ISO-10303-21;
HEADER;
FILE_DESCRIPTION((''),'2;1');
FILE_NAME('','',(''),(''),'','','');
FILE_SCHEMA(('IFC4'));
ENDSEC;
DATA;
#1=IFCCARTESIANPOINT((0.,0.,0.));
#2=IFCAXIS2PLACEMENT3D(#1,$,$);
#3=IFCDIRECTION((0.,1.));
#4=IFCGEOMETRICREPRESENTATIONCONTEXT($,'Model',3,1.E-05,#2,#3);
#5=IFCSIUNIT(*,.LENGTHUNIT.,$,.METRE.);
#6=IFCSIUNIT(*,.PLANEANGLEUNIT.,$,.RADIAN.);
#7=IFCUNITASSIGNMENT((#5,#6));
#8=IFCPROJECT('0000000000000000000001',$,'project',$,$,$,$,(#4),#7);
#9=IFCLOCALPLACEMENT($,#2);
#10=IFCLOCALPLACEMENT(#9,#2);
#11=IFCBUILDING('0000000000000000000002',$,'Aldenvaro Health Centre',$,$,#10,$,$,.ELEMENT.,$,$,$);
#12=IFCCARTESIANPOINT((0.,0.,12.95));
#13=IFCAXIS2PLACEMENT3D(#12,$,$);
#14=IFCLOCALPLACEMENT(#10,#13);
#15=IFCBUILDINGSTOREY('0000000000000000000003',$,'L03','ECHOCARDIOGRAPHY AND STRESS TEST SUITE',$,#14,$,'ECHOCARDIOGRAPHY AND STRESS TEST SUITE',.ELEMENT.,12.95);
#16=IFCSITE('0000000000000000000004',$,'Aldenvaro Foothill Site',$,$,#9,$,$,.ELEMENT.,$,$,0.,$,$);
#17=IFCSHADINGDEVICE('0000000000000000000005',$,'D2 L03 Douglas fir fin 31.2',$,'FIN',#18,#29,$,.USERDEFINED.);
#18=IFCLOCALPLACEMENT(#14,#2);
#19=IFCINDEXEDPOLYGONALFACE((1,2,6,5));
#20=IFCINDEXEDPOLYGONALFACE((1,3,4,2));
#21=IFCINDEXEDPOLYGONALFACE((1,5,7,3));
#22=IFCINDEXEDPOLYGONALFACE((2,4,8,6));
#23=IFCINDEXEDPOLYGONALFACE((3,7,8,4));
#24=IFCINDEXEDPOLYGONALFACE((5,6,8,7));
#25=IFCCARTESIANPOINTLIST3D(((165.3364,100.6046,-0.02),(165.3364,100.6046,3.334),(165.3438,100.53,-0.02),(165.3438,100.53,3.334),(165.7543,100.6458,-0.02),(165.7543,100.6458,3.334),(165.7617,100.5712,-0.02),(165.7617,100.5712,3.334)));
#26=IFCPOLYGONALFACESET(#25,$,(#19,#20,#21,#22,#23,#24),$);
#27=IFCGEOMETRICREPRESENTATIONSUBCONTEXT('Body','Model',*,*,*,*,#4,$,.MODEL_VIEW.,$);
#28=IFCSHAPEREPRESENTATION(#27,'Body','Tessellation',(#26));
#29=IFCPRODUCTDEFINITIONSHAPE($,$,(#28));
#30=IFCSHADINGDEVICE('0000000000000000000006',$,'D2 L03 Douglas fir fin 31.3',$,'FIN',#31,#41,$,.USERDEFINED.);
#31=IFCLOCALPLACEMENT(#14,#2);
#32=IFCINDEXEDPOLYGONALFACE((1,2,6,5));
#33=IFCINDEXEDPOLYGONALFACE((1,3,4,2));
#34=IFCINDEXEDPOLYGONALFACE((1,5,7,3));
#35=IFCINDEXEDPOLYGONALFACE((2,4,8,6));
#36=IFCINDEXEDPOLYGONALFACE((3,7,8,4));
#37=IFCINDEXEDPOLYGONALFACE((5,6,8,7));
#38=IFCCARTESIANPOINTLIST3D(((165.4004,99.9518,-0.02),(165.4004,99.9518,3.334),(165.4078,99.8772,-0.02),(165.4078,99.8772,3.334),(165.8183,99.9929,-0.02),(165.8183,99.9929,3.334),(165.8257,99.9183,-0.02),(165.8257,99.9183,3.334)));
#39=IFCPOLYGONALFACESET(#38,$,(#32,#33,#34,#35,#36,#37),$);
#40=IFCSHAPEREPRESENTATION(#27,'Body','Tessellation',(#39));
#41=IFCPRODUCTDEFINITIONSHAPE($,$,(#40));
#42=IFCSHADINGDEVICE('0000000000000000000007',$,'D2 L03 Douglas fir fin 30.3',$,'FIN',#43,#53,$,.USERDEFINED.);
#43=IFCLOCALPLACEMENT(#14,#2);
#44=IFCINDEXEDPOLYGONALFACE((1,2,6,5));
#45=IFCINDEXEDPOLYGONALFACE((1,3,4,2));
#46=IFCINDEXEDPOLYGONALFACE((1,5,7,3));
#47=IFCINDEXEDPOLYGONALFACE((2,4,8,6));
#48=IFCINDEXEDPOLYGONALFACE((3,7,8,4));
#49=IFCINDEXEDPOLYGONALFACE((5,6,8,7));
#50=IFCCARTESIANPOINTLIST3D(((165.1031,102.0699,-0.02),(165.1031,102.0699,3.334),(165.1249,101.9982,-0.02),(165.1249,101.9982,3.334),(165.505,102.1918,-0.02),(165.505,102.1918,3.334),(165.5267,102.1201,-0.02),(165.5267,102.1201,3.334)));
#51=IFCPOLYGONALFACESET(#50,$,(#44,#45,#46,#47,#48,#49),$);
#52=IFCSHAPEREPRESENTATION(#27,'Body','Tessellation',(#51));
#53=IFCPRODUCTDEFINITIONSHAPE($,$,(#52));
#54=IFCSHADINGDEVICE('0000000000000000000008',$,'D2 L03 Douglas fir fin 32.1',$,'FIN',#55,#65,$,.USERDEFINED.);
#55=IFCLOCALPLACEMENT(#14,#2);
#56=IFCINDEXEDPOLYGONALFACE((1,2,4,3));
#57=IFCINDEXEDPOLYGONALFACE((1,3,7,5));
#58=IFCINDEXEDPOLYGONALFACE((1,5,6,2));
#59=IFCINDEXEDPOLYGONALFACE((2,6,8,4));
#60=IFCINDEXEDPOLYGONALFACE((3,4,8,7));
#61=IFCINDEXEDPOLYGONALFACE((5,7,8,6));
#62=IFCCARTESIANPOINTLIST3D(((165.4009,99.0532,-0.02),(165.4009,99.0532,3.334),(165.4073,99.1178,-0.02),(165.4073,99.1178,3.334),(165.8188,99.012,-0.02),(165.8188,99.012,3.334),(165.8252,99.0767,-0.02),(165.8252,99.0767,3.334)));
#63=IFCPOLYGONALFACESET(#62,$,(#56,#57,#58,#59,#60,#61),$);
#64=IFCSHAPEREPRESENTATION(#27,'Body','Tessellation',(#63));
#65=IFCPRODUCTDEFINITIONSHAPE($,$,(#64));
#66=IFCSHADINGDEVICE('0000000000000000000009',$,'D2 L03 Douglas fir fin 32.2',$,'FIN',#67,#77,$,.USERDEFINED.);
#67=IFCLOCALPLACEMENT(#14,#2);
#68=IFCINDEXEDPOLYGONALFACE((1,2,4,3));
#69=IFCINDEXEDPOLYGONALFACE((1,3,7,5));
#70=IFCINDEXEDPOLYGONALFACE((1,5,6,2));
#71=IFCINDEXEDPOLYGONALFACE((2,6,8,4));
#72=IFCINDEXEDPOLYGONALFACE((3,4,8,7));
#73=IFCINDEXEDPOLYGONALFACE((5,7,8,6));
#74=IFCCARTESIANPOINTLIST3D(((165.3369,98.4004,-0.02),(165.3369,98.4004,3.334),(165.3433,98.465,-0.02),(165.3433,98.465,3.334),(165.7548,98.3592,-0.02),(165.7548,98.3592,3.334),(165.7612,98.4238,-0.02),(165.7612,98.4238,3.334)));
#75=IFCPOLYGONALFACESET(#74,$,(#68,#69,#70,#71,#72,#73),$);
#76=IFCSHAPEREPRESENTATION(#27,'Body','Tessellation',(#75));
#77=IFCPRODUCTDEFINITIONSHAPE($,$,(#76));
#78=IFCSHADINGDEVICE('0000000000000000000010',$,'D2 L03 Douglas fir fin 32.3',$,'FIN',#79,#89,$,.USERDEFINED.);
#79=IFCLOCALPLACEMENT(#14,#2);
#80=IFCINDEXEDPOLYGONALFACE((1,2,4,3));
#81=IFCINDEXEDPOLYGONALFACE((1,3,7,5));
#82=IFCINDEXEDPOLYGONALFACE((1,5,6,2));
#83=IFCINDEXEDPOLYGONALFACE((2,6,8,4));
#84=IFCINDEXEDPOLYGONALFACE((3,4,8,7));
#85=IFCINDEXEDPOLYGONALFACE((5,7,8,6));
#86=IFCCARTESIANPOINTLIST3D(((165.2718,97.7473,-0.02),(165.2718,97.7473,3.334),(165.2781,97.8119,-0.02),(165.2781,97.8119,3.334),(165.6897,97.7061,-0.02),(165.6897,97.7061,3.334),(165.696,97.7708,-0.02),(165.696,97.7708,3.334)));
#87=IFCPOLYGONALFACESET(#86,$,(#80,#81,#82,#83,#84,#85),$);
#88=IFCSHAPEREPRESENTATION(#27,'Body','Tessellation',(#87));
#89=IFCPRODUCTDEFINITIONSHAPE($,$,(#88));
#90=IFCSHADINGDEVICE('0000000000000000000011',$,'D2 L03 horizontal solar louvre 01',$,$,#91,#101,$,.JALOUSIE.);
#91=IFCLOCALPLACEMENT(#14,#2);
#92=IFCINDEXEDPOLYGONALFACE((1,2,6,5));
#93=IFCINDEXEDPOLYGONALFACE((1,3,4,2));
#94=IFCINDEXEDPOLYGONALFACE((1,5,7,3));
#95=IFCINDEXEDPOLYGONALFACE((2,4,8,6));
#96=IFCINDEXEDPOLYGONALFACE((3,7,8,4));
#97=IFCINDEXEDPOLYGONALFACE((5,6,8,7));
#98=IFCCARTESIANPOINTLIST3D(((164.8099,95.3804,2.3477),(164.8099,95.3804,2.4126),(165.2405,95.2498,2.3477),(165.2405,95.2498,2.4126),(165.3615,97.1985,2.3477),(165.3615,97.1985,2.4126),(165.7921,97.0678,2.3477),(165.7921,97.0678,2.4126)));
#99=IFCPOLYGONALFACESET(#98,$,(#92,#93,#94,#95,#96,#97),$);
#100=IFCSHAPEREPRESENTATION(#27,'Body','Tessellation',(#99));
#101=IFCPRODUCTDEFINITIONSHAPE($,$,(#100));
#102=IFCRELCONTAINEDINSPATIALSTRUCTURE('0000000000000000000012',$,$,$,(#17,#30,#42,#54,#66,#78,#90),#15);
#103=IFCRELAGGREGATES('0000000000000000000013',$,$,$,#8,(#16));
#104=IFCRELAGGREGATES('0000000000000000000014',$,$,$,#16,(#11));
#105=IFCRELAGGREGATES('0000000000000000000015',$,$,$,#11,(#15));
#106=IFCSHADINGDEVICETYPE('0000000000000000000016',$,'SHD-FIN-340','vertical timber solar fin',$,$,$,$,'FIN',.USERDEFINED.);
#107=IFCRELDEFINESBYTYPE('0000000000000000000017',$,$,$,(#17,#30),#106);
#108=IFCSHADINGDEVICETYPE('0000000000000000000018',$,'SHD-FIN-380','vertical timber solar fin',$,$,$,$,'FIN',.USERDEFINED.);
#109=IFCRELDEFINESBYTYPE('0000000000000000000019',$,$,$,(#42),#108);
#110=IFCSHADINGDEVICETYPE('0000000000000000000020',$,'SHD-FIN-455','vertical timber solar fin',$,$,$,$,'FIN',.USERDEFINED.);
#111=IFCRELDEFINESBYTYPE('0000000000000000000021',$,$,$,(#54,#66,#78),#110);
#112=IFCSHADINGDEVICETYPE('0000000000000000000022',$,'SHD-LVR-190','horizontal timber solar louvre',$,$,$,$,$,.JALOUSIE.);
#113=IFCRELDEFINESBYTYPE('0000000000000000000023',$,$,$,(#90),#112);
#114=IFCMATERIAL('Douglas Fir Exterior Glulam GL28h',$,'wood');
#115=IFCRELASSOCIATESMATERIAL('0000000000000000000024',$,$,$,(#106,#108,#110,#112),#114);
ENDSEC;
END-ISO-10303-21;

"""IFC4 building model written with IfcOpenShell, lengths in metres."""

from ifc_helpers import new_model, si_unit, direction, frame, origin, origin_2d, place, context, subcontext, project, spatial, rectangle, extrude, material, type_object, element, save


model = new_model("IFC4")

# Units and contexts
model_context = context("Model", 3, precision=1e-05, world=origin(), true_north=direction((0.0, 1.0)))
body_context = subcontext(model_context, "Body", "Model", "MODEL_VIEW")
ifc_project = project(units=[si_unit("LENGTHUNIT", "METRE"), si_unit("PLANEANGLEUNIT", "RADIAN")], contexts=[model_context])

# Site, building, storey
site_placement = place(None, origin())
site = spatial("IfcSite", under=ifc_project, at=site_placement, Name="Aldenvaro Foothill Site", CompositionType="ELEMENT", RefElevation=0.0)
building_placement = place(site_placement, origin())
building = spatial("IfcBuilding", under=site, at=building_placement, Name="Aldenvaro Health Centre", CompositionType="ELEMENT")
storey_placement = place(building_placement, frame((0.0, 0.0, 12.95)))
storey = spatial("IfcBuildingStorey", under=building, at=storey_placement, Name="L03", Description="ECHOCARDIOGRAPHY AND STRESS TEST SUITE", LongName="ECHOCARDIOGRAPHY AND STRESS TEST SUITE", CompositionType="ELEMENT", Elevation=12.95)

# Shading devices
ifc_material_1 = material(Name="Douglas Fir Exterior Glulam GL28h", Category="wood")
shading_device_type_1 = type_object("IfcShadingDeviceType", Name="SHD-FIN-340", Description="vertical timber solar fin", ElementType="FIN", PredefinedType="USERDEFINED", material=ifc_material_1)
for number, where, z_axis, x_axis, name in (
    (1, (165.5491, 100.5879, -0.02), (0.0, 0.0, 1.0), (0.098032, -0.995183, 0.0), "D2 L03 Douglas fir fin 31.2"),
    (2, (165.613, 99.9351, -0.02), (0.0, 0.0, 1.0), (0.098032, -0.995183, 0.0), "D2 L03 Douglas fir fin 31.3"),
):
    element("IfcShadingDevice", number, at=place(storey_placement, frame(where, z_axis=z_axis, x_axis=x_axis)), inside=storey, type_object=shading_device_type_1, Name=name, ObjectType="FIN", PredefinedType="USERDEFINED", context=body_context, shape_type="SweptSolid", body=[
        extrude(rectangle(XDim=0.075, YDim=0.4199, at=origin_2d()), origin(), (0.0, 0.0, 1.0), 3.354),
    ])
shading_device_type_2 = type_object("IfcShadingDeviceType", Name="SHD-FIN-380", Description="vertical timber solar fin", ElementType="FIN", PredefinedType="USERDEFINED", material=ifc_material_1)
shading_device_1_placement = place(storey_placement, frame((165.3149, 102.095, -0.02), z_axis=(0.0, 0.0, 1.0), x_axis=(0.29033, -0.956927, 0.0)))
element("IfcShadingDevice", 3, at=shading_device_1_placement, inside=storey, type_object=shading_device_type_2, Name="D2 L03 Douglas fir fin 30.3", ObjectType="FIN", PredefinedType="USERDEFINED", context=body_context, shape_type="SweptSolid", body=[
    extrude(rectangle(XDim=0.075, YDim=0.4199, at=origin_2d()), origin(), (0.0, 0.0, 1.0), 3.354),
])
shading_device_type_3 = type_object("IfcShadingDeviceType", Name="SHD-FIN-455", Description="vertical timber solar fin", ElementType="FIN", PredefinedType="USERDEFINED", material=ifc_material_1)
for number, where, z_axis, x_axis, name in (
    (4, (165.613, 99.0649, -0.02), (0.0, 0.0, 1.0), (-0.098032, -0.995183, 0.0), "D2 L03 Douglas fir fin 32.1"),
    (5, (165.5491, 98.4121, -0.02), (0.0, 0.0, 1.0), (-0.098032, -0.995183, 0.0), "D2 L03 Douglas fir fin 32.2"),
    (6, (165.4839, 97.759, -0.02), (0.0, 0.0, 1.0), (-0.098032, -0.995183, 0.0), "D2 L03 Douglas fir fin 32.3"),
):
    element("IfcShadingDevice", number, at=place(storey_placement, frame(where, z_axis=z_axis, x_axis=x_axis)), inside=storey, type_object=shading_device_type_3, Name=name, ObjectType="FIN", PredefinedType="USERDEFINED", context=body_context, shape_type="SweptSolid", body=[
        extrude(rectangle(XDim=0.0649, YDim=0.4199, at=origin_2d()), origin(), (0.0, 0.0, 1.0), 3.354),
    ])
shading_device_type_4 = type_object("IfcShadingDeviceType", Name="SHD-LVR-190", Description="horizontal timber solar louvre", PredefinedType="JALOUSIE", material=ifc_material_1)
shading_device_2_placement = place(storey_placement, frame((165.301, 96.2241, 2.3477), z_axis=(0.0, 0.0, 1.0), x_axis=(-0.29033, -0.956927, 0.0)))
element("IfcShadingDevice", 7, at=shading_device_2_placement, inside=storey, type_object=shading_device_type_4, Name="D2 L03 horizontal solar louvre 01", PredefinedType="JALOUSIE", context=body_context, shape_type="SweptSolid", body=[
    extrude(rectangle(XDim=1.8999, YDim=0.45, at=origin_2d()), origin(), (0.0, 0.0, 1.0), 0.0649),
])

save(model, "model.ifc")
